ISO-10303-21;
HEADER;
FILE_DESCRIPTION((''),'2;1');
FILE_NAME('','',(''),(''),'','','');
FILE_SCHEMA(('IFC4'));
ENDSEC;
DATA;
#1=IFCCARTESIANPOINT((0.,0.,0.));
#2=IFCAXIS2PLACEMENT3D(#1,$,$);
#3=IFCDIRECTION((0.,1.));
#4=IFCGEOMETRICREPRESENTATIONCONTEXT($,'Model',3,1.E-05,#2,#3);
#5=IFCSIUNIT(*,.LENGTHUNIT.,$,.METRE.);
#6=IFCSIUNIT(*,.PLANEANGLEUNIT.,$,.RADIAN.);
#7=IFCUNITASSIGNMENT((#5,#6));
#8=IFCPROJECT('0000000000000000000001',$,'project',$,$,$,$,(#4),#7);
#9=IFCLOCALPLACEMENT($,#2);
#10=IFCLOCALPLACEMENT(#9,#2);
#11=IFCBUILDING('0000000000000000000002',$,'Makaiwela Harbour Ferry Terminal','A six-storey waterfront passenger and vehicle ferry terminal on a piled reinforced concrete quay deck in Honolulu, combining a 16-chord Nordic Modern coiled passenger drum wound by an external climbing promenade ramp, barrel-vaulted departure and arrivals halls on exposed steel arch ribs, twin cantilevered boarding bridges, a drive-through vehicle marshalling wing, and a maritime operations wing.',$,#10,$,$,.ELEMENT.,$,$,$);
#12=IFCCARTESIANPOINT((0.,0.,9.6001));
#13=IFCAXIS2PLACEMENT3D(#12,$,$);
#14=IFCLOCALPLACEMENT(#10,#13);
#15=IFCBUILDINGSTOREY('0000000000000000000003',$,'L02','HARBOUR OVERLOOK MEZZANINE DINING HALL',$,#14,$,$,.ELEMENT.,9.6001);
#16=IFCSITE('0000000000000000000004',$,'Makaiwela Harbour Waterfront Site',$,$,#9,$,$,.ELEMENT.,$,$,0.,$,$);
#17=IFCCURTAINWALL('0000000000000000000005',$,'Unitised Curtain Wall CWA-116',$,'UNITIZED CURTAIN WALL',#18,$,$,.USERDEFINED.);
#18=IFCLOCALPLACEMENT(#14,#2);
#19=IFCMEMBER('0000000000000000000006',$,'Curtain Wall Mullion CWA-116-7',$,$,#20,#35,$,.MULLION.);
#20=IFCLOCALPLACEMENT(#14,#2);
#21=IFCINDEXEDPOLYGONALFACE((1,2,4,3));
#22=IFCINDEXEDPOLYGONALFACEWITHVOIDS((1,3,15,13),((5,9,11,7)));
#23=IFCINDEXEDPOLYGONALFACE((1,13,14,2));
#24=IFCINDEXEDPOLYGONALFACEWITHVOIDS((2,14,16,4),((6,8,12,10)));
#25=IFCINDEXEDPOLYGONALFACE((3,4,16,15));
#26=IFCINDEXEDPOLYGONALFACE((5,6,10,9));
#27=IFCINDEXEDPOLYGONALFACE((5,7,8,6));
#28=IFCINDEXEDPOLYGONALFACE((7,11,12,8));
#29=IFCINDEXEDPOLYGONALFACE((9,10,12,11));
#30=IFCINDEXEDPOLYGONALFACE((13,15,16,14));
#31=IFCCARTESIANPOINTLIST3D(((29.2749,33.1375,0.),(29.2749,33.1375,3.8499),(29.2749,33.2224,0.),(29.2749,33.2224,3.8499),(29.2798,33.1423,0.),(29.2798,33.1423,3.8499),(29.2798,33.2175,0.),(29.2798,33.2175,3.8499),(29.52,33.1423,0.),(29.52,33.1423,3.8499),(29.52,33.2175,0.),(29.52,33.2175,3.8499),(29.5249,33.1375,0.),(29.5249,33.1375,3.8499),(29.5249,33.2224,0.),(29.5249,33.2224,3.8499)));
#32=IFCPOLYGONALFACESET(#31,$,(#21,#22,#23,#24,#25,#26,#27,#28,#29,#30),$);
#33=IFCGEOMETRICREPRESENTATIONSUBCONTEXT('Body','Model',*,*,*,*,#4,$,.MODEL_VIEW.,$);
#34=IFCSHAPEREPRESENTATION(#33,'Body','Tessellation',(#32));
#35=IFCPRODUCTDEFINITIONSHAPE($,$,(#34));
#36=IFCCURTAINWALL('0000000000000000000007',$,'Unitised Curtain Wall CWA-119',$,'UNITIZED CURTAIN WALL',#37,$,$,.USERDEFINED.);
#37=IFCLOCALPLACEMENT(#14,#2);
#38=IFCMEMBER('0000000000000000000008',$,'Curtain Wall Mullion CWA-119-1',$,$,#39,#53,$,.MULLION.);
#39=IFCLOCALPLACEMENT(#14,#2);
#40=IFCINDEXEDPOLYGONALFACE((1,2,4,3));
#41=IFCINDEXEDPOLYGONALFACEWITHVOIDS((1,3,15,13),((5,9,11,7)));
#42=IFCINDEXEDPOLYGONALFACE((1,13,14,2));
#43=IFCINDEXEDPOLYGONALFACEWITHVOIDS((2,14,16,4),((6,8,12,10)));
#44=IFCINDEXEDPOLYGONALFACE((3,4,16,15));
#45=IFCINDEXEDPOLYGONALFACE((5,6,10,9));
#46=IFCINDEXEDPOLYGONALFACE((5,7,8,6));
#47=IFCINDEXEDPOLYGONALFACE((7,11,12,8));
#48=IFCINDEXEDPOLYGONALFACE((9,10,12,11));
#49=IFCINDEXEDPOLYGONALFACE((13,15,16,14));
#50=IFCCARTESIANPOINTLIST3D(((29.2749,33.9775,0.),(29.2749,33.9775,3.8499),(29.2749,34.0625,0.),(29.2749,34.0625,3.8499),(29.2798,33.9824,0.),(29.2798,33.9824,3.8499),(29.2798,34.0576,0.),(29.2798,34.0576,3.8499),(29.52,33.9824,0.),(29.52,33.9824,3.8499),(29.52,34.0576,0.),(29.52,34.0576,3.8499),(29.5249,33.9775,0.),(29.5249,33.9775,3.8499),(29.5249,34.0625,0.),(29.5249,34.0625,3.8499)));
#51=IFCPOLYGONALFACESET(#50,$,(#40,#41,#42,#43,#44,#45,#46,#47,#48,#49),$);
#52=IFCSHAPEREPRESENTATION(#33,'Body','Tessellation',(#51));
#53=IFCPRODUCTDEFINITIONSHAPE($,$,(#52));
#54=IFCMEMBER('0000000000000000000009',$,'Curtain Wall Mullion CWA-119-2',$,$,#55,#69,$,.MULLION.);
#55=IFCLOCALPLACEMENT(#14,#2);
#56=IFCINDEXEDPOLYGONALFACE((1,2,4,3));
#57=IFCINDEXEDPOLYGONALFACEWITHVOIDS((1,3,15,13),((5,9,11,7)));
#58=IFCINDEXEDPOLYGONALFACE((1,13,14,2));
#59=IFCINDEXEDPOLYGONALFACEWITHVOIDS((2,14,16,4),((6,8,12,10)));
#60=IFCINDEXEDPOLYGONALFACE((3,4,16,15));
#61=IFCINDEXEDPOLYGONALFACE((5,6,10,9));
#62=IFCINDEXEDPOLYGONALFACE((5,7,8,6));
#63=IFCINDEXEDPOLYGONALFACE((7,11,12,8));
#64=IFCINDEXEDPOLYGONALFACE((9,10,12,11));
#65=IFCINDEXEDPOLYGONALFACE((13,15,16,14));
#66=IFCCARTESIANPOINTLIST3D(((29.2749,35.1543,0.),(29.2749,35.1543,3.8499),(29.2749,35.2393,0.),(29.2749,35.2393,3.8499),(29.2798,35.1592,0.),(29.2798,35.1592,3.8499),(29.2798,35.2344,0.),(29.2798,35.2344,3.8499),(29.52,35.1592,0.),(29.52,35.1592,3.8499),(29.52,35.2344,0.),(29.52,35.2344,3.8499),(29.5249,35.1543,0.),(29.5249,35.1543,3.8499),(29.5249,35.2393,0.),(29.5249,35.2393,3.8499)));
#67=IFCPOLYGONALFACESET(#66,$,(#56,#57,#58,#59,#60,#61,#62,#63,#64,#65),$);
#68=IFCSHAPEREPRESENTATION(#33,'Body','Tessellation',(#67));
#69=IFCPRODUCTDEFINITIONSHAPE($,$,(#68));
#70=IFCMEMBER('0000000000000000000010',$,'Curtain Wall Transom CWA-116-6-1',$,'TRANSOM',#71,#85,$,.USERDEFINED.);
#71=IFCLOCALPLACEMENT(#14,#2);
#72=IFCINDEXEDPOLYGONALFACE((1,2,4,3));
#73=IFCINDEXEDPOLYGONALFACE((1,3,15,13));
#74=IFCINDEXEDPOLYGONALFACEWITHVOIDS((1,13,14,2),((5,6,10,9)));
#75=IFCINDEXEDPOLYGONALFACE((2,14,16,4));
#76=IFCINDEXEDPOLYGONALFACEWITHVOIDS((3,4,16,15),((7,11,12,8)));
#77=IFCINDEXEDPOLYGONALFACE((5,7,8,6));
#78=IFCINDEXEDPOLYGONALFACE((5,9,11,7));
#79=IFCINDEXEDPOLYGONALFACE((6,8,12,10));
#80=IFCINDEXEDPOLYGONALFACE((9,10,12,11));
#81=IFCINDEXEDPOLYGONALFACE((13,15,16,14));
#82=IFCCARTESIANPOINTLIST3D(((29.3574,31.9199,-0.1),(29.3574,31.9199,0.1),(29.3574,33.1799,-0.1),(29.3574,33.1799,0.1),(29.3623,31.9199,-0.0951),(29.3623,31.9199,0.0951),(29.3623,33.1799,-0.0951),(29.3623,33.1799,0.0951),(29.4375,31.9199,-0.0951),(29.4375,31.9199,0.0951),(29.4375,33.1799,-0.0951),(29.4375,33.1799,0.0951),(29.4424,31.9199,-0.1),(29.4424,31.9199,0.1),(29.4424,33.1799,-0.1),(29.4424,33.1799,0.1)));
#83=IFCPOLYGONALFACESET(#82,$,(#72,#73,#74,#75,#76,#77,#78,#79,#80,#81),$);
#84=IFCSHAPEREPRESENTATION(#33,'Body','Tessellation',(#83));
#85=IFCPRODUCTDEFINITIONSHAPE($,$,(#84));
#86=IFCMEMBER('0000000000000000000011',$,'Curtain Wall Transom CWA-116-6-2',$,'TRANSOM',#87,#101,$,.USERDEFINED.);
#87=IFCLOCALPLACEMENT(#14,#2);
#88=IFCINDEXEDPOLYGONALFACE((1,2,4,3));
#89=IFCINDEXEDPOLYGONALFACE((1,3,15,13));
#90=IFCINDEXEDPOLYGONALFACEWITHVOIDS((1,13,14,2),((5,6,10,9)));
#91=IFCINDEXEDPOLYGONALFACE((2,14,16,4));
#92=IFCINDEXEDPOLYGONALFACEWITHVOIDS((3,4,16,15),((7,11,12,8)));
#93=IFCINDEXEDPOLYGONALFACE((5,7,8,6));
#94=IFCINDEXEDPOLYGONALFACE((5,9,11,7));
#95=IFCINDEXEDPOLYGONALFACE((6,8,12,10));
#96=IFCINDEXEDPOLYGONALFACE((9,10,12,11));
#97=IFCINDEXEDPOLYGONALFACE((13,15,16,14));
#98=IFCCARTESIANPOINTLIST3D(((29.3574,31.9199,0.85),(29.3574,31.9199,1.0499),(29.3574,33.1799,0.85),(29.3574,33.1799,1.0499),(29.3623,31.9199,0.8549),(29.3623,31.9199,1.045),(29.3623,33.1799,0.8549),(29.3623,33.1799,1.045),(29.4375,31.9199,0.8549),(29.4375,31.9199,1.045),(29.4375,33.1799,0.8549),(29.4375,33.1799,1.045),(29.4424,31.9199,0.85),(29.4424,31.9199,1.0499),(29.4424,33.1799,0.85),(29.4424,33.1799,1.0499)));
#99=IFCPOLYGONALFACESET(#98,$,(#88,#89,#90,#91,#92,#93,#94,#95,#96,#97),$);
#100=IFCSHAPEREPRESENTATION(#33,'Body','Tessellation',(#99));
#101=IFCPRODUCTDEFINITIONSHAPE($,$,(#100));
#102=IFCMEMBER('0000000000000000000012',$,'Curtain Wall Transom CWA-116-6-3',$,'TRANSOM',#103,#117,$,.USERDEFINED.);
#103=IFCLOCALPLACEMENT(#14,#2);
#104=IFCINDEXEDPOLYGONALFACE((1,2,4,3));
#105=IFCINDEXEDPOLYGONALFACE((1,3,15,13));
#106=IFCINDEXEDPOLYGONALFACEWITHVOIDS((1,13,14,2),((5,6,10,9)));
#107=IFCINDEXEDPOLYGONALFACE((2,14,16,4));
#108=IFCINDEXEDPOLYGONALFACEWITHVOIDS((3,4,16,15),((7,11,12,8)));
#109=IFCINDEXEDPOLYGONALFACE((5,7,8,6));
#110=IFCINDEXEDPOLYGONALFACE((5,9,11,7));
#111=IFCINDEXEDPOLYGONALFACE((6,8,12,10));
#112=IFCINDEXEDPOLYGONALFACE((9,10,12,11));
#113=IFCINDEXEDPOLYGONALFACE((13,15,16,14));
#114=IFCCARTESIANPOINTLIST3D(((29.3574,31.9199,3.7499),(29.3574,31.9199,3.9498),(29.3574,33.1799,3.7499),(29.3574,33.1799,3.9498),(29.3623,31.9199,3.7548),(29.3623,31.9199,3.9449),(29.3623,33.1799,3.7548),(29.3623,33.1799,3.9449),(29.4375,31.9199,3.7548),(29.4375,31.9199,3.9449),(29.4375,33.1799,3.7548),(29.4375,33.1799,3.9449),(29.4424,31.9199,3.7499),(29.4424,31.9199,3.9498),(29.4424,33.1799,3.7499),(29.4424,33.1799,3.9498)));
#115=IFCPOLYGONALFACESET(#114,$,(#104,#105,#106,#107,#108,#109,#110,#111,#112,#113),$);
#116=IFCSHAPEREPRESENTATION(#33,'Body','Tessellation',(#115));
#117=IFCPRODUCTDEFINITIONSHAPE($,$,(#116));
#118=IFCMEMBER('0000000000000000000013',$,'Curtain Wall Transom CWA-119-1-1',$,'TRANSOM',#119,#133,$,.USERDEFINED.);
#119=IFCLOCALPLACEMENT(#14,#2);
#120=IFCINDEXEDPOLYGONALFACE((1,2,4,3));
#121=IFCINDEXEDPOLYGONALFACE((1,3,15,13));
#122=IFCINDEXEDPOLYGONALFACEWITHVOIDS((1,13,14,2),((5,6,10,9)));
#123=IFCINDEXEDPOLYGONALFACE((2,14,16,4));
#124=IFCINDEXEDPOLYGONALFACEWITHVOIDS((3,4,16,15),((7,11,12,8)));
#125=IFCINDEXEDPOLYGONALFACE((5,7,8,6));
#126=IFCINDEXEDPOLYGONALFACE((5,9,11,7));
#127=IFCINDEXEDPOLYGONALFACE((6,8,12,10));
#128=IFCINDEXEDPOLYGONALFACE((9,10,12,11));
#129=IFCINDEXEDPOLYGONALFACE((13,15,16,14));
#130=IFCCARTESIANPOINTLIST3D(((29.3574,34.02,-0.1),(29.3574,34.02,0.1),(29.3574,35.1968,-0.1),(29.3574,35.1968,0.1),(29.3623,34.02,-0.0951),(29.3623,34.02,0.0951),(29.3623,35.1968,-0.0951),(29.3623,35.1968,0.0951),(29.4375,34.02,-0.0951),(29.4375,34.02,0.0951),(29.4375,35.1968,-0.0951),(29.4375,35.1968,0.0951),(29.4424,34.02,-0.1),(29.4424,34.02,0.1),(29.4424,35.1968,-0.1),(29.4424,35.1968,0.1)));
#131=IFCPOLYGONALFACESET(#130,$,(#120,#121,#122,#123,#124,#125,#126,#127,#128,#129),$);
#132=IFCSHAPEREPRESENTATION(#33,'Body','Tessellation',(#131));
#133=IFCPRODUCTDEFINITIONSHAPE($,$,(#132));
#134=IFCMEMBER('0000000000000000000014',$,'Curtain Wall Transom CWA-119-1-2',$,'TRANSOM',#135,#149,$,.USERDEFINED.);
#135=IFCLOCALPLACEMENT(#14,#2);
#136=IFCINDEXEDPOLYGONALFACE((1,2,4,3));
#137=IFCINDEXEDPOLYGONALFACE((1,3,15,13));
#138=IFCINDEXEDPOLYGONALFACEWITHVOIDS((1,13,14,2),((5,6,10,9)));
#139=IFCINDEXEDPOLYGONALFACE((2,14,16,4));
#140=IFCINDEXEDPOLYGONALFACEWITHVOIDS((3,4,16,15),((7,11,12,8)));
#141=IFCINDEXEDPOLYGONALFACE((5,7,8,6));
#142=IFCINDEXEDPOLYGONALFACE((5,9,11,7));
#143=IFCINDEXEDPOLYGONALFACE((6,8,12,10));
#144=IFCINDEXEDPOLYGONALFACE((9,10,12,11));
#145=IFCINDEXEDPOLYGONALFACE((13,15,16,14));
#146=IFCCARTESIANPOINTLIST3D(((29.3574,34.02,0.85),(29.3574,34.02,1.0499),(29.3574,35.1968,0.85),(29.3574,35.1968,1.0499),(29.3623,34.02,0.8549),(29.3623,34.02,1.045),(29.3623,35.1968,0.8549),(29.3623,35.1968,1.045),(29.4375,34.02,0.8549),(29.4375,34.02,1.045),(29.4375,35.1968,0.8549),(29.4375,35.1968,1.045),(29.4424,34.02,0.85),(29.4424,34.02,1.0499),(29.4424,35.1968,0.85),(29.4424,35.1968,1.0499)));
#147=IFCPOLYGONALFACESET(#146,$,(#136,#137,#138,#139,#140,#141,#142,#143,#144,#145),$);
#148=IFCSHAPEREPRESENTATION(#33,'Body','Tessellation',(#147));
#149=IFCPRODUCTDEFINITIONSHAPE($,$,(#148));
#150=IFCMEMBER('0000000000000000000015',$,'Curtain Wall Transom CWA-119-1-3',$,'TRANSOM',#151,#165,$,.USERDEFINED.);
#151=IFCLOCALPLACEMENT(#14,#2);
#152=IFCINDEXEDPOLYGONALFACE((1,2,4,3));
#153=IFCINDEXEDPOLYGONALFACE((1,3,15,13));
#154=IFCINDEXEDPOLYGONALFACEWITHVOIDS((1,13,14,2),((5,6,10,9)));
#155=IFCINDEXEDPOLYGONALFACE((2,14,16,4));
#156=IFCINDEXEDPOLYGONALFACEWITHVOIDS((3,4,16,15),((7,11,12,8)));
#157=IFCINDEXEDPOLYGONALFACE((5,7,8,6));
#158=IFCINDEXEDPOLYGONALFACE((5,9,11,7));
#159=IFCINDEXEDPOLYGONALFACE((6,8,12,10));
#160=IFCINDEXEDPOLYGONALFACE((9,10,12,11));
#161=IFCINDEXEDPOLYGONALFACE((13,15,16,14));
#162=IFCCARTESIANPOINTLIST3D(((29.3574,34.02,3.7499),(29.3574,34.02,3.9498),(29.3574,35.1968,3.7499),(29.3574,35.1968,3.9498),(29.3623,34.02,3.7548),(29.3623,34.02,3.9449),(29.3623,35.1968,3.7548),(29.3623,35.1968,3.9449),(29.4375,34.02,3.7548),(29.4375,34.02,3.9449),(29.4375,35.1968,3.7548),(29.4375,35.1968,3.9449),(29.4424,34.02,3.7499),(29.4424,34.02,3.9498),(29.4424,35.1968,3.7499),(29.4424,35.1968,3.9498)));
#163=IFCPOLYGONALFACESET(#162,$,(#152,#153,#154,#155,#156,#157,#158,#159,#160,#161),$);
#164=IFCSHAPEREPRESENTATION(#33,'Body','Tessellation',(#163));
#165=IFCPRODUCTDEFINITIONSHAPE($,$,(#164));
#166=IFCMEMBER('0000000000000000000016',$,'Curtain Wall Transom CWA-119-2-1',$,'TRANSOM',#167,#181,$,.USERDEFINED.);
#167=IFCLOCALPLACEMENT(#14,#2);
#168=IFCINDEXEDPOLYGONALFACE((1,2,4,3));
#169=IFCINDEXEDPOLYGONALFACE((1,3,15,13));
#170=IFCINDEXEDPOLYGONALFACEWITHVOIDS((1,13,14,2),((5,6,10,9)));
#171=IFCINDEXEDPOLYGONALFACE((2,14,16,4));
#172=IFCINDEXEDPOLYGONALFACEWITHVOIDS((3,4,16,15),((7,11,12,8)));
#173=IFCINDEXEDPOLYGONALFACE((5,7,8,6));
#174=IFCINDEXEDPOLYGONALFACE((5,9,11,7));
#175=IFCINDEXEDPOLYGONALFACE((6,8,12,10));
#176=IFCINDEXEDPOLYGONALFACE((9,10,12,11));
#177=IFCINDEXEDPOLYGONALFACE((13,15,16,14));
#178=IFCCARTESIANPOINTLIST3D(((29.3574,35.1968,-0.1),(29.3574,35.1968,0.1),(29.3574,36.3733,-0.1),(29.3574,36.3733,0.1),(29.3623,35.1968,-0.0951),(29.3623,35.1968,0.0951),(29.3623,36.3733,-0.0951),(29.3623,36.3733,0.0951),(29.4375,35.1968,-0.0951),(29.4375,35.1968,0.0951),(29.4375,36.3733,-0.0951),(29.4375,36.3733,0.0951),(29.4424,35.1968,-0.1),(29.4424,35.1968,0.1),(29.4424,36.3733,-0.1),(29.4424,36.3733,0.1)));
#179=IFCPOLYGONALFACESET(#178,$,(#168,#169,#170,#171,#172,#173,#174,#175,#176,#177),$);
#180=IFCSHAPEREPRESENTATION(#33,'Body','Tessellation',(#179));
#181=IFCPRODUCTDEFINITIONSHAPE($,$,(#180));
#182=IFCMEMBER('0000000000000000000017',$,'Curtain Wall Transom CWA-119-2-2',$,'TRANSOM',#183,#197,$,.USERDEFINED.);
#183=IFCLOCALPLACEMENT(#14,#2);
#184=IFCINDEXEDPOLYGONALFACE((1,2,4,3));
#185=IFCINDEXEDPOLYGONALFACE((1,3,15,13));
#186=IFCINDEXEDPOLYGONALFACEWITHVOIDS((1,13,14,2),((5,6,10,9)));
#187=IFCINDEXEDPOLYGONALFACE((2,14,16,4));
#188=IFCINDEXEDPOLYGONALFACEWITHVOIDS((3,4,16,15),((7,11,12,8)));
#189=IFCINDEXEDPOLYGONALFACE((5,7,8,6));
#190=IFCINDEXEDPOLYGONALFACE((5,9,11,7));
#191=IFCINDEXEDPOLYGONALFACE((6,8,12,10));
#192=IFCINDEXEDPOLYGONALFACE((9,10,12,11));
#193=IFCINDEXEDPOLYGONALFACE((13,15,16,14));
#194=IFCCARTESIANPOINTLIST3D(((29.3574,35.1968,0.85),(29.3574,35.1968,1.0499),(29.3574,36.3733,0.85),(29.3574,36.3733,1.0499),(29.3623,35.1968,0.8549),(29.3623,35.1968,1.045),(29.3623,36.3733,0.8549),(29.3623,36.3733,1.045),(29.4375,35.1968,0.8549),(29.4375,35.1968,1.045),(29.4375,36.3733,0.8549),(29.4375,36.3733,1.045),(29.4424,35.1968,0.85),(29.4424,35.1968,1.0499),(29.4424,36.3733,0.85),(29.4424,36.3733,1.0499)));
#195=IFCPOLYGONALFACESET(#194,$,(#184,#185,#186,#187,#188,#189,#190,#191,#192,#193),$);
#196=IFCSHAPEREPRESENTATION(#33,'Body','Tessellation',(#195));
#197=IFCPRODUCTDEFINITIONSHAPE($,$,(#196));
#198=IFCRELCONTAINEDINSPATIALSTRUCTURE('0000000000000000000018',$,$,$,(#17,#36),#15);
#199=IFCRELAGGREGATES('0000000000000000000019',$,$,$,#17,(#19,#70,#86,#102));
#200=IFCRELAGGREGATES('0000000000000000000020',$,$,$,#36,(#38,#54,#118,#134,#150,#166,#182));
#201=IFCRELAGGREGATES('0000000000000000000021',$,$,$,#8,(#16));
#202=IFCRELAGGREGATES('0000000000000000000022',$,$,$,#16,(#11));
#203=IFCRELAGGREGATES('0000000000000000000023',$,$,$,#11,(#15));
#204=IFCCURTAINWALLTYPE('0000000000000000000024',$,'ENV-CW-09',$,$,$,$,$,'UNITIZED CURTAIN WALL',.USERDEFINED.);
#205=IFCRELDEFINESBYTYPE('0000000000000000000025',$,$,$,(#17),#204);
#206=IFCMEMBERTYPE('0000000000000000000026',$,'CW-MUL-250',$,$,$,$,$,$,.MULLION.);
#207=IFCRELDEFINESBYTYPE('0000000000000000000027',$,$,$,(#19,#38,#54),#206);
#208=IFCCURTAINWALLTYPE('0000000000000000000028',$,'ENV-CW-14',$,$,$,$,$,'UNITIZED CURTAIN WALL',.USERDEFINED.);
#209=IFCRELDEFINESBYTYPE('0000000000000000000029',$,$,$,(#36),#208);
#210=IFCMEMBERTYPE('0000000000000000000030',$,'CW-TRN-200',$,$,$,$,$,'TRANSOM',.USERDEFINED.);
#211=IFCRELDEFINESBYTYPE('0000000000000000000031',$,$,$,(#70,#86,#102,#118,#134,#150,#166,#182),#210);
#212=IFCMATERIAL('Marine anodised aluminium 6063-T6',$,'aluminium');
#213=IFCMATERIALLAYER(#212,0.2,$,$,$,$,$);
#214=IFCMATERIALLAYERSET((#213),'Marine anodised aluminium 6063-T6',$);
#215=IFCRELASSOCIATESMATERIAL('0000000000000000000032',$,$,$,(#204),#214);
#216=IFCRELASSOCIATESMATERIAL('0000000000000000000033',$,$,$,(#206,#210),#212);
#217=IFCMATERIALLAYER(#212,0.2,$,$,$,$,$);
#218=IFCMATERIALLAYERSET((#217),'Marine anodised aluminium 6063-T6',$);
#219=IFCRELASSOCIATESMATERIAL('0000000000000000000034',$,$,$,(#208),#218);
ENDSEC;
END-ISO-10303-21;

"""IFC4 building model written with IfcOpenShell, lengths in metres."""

from ifc_helpers import new_model, si_unit, direction, frame, origin, origin_2d, place, context, subcontext, project, spatial, hollow_rectangle, extrude, material, layer, layer_set, material_profile, profile_set, type_object, element, aggregate, save


model = new_model("IFC4")

# Units and contexts
model_context = context("Model", 3, precision=1e-05, world=origin(), true_north=direction((0.0, 1.0)))
body_context = subcontext(model_context, "Body", "Model", "MODEL_VIEW")
ifc_project = project(units=[si_unit("LENGTHUNIT", "METRE"), si_unit("PLANEANGLEUNIT", "RADIAN")], contexts=[model_context])

# Site, building, storey
site_placement = place(None, origin())
site = spatial("IfcSite", under=ifc_project, at=site_placement, Name="Makaiwela Harbour Waterfront Site", CompositionType="ELEMENT", RefElevation=0.0)
building_placement = place(site_placement, origin())
building = spatial("IfcBuilding", under=site, at=building_placement, Name="Makaiwela Harbour Ferry Terminal", Description="A six-storey waterfront passenger and vehicle ferry terminal on a piled reinforced concrete quay deck in Honolulu, combining a 16-chord Nordic Modern coiled passenger drum wound by an external climbing promenade ramp, barrel-vaulted departure and arrivals halls on exposed steel arch ribs, twin cantilevered boarding bridges, a drive-through vehicle marshalling wing, and a maritime operations wing.", CompositionType="ELEMENT")
storey_placement = place(building_placement, frame((0.0, 0.0, 9.6001)))
storey = spatial("IfcBuildingStorey", under=building, at=storey_placement, Name="L02", Description="HARBOUR OVERLOOK MEZZANINE DINING HALL", CompositionType="ELEMENT", Elevation=9.6001)

# Curtain wall, member
ifc_material_1 = material(Name="Marine anodised aluminium 6063-T6", Category="aluminium")
ifc_layer_1 = layer(ifc_material_1, 0.2)
ifc_layer_set_1 = layer_set([ifc_layer_1], Name="Marine anodised aluminium 6063-T6")
curtain_wall_type_1 = type_object("IfcCurtainWallType", Name="ENV-CW-09", ElementType="UNITIZED CURTAIN WALL", PredefinedType="USERDEFINED", material=ifc_layer_set_1)
curtain_wall_1_placement = place(storey_placement, origin())
curtain_wall_1 = element("IfcCurtainWall", 1, at=curtain_wall_1_placement, inside=storey, type_object=curtain_wall_type_1, Name="Unitised Curtain Wall CWA-116", ObjectType="UNITIZED CURTAIN WALL", PredefinedType="USERDEFINED")
ifc_material_profile_1 = material_profile(ifc_material_1, hollow_rectangle(XDim=0.085, YDim=0.25, WallThickness=0.0049, at=origin_2d()), Name="CWM-250X85")
ifc_profile_set_1 = profile_set([ifc_material_profile_1], Name="Marine anodised aluminium 6063-T6")
member_type_1 = type_object("IfcMemberType", Name="CW-MUL-250", PredefinedType="MULLION", material=ifc_profile_set_1)
member_1_placement = place(storey_placement, frame((29.3999, 33.1799, 0.0), z_axis=(0.0, 0.0, 1.0), x_axis=(0.0, 1.0, 0.0)))
member_1 = element("IfcMember", 2, at=member_1_placement, type_object=member_type_1, Name="Curtain Wall Mullion CWA-116-7", PredefinedType="MULLION", context=body_context, shape_type="SweptSolid", body=[
    extrude(hollow_rectangle(XDim=0.085, YDim=0.25, WallThickness=0.0049, at=origin_2d()), origin(), (0.0, 0.0, 1.0), 3.8499),
])

# Curtain wall, members
ifc_layer_2 = layer(ifc_material_1, 0.2)
ifc_layer_set_2 = layer_set([ifc_layer_2], Name="Marine anodised aluminium 6063-T6")
curtain_wall_type_2 = type_object("IfcCurtainWallType", Name="ENV-CW-14", ElementType="UNITIZED CURTAIN WALL", PredefinedType="USERDEFINED", material=ifc_layer_set_2)
curtain_wall_2_placement = place(storey_placement, origin())
curtain_wall_2 = element("IfcCurtainWall", 3, at=curtain_wall_2_placement, inside=storey, type_object=curtain_wall_type_2, Name="Unitised Curtain Wall CWA-119", ObjectType="UNITIZED CURTAIN WALL", PredefinedType="USERDEFINED")
member_2_placement = place(storey_placement, frame((29.3999, 34.02, 0.0), z_axis=(0.0, 0.0, 1.0), x_axis=(0.0, 1.0, 0.0)))
member_2 = element("IfcMember", 4, at=member_2_placement, type_object=member_type_1, Name="Curtain Wall Mullion CWA-119-1", PredefinedType="MULLION", context=body_context, shape_type="SweptSolid", body=[
    extrude(hollow_rectangle(XDim=0.085, YDim=0.25, WallThickness=0.0049, at=origin_2d()), origin(), (0.0, 0.0, 1.0), 3.8499),
])
member_3_placement = place(storey_placement, frame((29.3999, 35.1968, 0.0), z_axis=(0.0, 0.0, 1.0), x_axis=(0.0, 1.0, 0.0)))
member_3 = element("IfcMember", 5, at=member_3_placement, type_object=member_type_1, Name="Curtain Wall Mullion CWA-119-2", PredefinedType="MULLION", context=body_context, shape_type="SweptSolid", body=[
    extrude(hollow_rectangle(XDim=0.085, YDim=0.25, WallThickness=0.0049, at=origin_2d()), origin(), (0.0, 0.0, 1.0), 3.8499),
])

# Members
ifc_material_profile_2 = material_profile(ifc_material_1, hollow_rectangle(XDim=0.085, YDim=0.2, WallThickness=0.0049, at=origin_2d()), Name="CWT-200X85")
ifc_profile_set_2 = profile_set([ifc_material_profile_2], Name="Marine anodised aluminium 6063-T6")
member_type_2 = type_object("IfcMemberType", Name="CW-TRN-200", ElementType="TRANSOM", PredefinedType="USERDEFINED", material=ifc_profile_set_2)
member_4_placement = place(storey_placement, frame((29.3999, 31.9199, 0.0), z_axis=(0.0, 1.0, 0.0), x_axis=(-1.0, 0.0, 0.0)))
member_4 = element("IfcMember", 6, at=member_4_placement, type_object=member_type_2, Name="Curtain Wall Transom CWA-116-6-1", ObjectType="TRANSOM", PredefinedType="USERDEFINED", context=body_context, shape_type="SweptSolid", body=[
    extrude(hollow_rectangle(XDim=0.085, YDim=0.2, WallThickness=0.0049, at=origin_2d()), origin(), (0.0, 0.0, 1.0), 1.26),
])
member_5_placement = place(storey_placement, frame((29.3999, 31.9199, 0.95), z_axis=(0.0, 1.0, 0.0), x_axis=(-1.0, 0.0, 0.0)))
member_5 = element("IfcMember", 7, at=member_5_placement, type_object=member_type_2, Name="Curtain Wall Transom CWA-116-6-2", ObjectType="TRANSOM", PredefinedType="USERDEFINED", context=body_context, shape_type="SweptSolid", body=[
    extrude(hollow_rectangle(XDim=0.085, YDim=0.2, WallThickness=0.0049, at=origin_2d()), origin(), (0.0, 0.0, 1.0), 1.26),
])
member_6_placement = place(storey_placement, frame((29.3999, 31.9199, 3.8499), z_axis=(0.0, 1.0, 0.0), x_axis=(-1.0, 0.0, 0.0)))
member_6 = element("IfcMember", 8, at=member_6_placement, type_object=member_type_2, Name="Curtain Wall Transom CWA-116-6-3", ObjectType="TRANSOM", PredefinedType="USERDEFINED", context=body_context, shape_type="SweptSolid", body=[
    extrude(hollow_rectangle(XDim=0.085, YDim=0.2, WallThickness=0.0049, at=origin_2d()), origin(), (0.0, 0.0, 1.0), 1.26),
])
member_7_placement = place(storey_placement, frame((29.3999, 34.02, 0.0), z_axis=(0.0, 1.0, 0.0), x_axis=(-1.0, 0.0, 0.0)))
member_7 = element("IfcMember", 9, at=member_7_placement, type_object=member_type_2, Name="Curtain Wall Transom CWA-119-1-1", ObjectType="TRANSOM", PredefinedType="USERDEFINED", context=body_context, shape_type="SweptSolid", body=[
    extrude(hollow_rectangle(XDim=0.085, YDim=0.2, WallThickness=0.0049, at=origin_2d()), origin(), (0.0, 0.0, 1.0), 1.1768),
])
member_8_placement = place(storey_placement, frame((29.3999, 34.02, 0.95), z_axis=(0.0, 1.0, 0.0), x_axis=(-1.0, 0.0, 0.0)))
member_8 = element("IfcMember", 10, at=member_8_placement, type_object=member_type_2, Name="Curtain Wall Transom CWA-119-1-2", ObjectType="TRANSOM", PredefinedType="USERDEFINED", context=body_context, shape_type="SweptSolid", body=[
    extrude(hollow_rectangle(XDim=0.085, YDim=0.2, WallThickness=0.0049, at=origin_2d()), origin(), (0.0, 0.0, 1.0), 1.1768),
])
member_9_placement = place(storey_placement, frame((29.3999, 34.02, 3.8499), z_axis=(0.0, 1.0, 0.0), x_axis=(-1.0, 0.0, 0.0)))
member_9 = element("IfcMember", 11, at=member_9_placement, type_object=member_type_2, Name="Curtain Wall Transom CWA-119-1-3", ObjectType="TRANSOM", PredefinedType="USERDEFINED", context=body_context, shape_type="SweptSolid", body=[
    extrude(hollow_rectangle(XDim=0.085, YDim=0.2, WallThickness=0.0049, at=origin_2d()), origin(), (0.0, 0.0, 1.0), 1.1768),
])
member_10_placement = place(storey_placement, frame((29.3999, 35.1968, 0.0), z_axis=(0.0, 1.0, 0.0), x_axis=(-1.0, 0.0, 0.0)))
member_10 = element("IfcMember", 12, at=member_10_placement, type_object=member_type_2, Name="Curtain Wall Transom CWA-119-2-1", ObjectType="TRANSOM", PredefinedType="USERDEFINED", context=body_context, shape_type="SweptSolid", body=[
    extrude(hollow_rectangle(XDim=0.085, YDim=0.2, WallThickness=0.0049, at=origin_2d()), origin(), (0.0, 0.0, 1.0), 1.1765),
])
member_11_placement = place(storey_placement, frame((29.3999, 35.1968, 0.95), z_axis=(0.0, 1.0, 0.0), x_axis=(-1.0, 0.0, 0.0)))
member_11 = element("IfcMember", 13, at=member_11_placement, type_object=member_type_2, Name="Curtain Wall Transom CWA-119-2-2", ObjectType="TRANSOM", PredefinedType="USERDEFINED", context=body_context, shape_type="SweptSolid", body=[
    extrude(hollow_rectangle(XDim=0.085, YDim=0.2, WallThickness=0.0049, at=origin_2d()), origin(), (0.0, 0.0, 1.0), 1.1765),
])

aggregate(curtain_wall_1, [member_1, member_4, member_5, member_6])
aggregate(curtain_wall_2, [member_2, member_3, member_7, member_8, member_9, member_10, member_11])

save(model, "model.ifc")
